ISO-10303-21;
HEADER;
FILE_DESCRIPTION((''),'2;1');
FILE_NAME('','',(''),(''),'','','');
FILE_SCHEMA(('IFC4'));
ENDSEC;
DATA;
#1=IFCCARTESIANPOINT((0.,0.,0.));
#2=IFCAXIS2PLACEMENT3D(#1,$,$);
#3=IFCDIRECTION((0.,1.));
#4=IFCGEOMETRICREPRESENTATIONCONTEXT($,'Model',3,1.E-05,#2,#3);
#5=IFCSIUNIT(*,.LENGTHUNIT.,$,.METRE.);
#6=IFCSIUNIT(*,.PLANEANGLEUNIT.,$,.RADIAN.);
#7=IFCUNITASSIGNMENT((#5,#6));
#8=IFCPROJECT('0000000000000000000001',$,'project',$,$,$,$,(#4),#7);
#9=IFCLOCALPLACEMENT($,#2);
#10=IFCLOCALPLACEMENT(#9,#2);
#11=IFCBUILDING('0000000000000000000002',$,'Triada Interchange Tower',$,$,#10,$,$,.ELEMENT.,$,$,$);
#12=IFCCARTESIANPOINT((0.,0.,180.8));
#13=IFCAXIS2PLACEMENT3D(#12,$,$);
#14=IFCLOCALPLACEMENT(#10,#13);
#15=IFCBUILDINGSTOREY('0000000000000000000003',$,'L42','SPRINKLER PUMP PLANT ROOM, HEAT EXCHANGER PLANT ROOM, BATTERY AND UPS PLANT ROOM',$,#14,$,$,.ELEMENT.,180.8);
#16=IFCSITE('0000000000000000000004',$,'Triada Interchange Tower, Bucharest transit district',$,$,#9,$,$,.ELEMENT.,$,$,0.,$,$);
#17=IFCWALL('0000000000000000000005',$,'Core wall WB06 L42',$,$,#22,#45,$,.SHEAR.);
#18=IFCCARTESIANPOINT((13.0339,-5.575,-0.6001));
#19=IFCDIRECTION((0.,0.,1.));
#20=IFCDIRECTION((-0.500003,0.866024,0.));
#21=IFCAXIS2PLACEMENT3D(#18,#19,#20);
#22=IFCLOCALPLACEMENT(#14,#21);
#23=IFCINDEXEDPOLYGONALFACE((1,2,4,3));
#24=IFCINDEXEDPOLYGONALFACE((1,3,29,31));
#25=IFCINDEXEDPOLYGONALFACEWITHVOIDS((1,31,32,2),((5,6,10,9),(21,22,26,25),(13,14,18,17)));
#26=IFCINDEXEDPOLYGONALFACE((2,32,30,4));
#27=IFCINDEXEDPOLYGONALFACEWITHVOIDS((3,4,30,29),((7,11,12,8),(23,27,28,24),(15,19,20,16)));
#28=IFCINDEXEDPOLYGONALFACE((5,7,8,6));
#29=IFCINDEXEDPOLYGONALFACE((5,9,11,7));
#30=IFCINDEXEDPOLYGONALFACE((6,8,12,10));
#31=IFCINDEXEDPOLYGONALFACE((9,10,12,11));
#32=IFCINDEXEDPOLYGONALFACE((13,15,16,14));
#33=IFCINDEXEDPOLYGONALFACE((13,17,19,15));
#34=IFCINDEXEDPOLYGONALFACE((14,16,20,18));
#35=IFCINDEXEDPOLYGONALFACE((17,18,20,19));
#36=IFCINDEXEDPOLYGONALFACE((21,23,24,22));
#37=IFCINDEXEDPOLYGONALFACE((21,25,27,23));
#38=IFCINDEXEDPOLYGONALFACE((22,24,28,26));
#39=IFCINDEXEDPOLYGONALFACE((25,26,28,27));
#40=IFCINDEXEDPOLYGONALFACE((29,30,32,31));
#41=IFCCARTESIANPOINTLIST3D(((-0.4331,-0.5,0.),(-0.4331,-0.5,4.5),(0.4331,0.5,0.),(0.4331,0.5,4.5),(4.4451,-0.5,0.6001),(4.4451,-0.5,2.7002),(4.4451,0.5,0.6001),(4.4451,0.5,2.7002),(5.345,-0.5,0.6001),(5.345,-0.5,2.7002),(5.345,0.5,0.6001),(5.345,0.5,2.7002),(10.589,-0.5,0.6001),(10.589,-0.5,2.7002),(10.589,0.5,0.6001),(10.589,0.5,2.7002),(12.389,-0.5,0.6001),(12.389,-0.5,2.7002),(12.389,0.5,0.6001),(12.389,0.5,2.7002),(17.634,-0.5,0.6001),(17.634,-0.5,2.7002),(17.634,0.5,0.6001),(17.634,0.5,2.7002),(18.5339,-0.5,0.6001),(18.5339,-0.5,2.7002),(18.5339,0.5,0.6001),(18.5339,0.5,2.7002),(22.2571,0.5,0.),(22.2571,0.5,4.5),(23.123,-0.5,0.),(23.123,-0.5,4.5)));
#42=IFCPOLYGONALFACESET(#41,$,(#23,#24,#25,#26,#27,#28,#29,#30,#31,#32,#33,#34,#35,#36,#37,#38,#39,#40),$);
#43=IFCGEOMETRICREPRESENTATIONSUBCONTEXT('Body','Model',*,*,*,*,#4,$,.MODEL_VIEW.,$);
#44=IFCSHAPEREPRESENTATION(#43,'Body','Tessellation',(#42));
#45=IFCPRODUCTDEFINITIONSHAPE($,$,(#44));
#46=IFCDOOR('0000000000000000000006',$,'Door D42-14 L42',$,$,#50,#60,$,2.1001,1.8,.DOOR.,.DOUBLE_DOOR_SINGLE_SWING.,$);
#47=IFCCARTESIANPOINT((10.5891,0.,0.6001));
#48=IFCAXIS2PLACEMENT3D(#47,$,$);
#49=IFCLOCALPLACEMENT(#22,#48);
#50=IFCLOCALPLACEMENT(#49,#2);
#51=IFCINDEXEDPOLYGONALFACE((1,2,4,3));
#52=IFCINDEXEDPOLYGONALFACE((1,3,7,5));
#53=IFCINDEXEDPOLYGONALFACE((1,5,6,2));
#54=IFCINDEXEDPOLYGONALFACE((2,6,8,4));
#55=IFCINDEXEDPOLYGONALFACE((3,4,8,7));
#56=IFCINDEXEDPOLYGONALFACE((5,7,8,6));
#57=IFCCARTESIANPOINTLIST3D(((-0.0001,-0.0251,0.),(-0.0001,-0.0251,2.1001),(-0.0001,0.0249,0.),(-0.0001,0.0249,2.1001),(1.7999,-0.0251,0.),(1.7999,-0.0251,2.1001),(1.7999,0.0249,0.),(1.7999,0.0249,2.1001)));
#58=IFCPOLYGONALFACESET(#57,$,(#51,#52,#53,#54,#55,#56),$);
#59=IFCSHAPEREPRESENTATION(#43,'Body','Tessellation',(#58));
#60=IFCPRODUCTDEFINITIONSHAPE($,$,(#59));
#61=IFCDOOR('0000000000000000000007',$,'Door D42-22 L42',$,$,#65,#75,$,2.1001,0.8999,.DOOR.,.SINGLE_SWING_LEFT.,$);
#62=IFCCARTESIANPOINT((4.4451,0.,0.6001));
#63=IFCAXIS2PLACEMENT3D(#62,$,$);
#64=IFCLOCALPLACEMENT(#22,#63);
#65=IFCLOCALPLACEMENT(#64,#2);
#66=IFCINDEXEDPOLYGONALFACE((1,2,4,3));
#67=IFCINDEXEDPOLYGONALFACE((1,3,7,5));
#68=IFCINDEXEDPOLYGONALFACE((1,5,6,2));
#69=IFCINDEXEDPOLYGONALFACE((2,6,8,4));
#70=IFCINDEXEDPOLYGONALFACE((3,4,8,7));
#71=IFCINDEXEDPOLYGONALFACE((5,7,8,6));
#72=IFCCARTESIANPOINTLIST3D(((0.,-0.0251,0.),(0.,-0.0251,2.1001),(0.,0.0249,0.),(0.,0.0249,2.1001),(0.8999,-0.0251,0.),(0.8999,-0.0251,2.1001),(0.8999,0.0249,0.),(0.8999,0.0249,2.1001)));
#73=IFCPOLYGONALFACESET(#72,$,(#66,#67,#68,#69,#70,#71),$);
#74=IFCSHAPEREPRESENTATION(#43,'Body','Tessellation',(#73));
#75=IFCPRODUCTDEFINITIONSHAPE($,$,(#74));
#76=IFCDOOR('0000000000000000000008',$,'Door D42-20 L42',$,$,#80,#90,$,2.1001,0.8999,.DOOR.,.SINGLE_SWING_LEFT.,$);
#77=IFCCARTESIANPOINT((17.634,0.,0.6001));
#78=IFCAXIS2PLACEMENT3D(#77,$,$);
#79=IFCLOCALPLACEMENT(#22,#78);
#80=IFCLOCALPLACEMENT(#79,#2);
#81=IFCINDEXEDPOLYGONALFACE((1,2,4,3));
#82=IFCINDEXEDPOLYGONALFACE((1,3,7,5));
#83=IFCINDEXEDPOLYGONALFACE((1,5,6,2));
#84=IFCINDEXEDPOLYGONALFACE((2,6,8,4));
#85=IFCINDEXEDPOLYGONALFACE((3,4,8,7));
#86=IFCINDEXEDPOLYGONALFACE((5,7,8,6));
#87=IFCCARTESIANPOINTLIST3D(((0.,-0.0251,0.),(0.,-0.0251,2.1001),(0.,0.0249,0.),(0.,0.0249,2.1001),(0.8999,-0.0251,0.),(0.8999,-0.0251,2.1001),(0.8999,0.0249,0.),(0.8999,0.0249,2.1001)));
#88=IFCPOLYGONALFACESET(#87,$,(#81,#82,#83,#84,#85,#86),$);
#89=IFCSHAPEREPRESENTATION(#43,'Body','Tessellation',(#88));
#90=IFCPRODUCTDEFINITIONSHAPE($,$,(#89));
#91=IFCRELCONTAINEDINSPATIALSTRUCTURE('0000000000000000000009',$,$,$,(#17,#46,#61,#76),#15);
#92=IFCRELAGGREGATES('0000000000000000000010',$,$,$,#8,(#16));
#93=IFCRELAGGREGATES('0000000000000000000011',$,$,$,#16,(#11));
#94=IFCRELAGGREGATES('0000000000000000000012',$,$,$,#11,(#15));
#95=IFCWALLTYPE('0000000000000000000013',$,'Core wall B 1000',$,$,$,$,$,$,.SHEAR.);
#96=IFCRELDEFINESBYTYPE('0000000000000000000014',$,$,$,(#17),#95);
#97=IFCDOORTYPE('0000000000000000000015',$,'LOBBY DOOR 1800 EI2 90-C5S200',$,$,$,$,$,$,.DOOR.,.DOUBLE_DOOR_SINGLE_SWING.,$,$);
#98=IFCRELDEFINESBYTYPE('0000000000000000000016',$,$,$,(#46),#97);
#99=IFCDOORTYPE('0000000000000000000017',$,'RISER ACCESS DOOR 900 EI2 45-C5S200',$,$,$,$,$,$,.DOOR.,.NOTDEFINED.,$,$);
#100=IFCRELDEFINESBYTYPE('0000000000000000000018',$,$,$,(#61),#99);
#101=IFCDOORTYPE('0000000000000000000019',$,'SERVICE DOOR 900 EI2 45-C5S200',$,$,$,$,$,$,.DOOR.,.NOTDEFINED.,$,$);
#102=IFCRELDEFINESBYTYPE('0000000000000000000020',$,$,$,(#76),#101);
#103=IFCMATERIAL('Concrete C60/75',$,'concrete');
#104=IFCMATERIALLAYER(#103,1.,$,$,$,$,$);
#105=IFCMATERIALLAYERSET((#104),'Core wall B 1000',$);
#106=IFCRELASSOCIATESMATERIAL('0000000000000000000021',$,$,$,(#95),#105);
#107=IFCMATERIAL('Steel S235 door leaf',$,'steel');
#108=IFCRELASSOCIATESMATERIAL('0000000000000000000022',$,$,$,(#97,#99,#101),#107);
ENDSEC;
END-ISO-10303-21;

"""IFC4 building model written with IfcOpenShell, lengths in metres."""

from ifc_helpers import new_model, si_unit, direction, frame, frame_2d, origin, place, context, subcontext, project, spatial, polyline, rectangle, outline, extrude, material, layer, layer_set, type_object, element, fill, save


model = new_model("IFC4")

# Units and contexts
model_context = context("Model", 3, precision=1e-05, world=origin(), true_north=direction((0.0, 1.0)))
body_context = subcontext(model_context, "Body", "Model", "MODEL_VIEW")
ifc_project = project(units=[si_unit("LENGTHUNIT", "METRE"), si_unit("PLANEANGLEUNIT", "RADIAN")], contexts=[model_context])

# Site, building, storey
site_placement = place(None, origin())
site = spatial("IfcSite", under=ifc_project, at=site_placement, Name="Triada Interchange Tower, Bucharest transit district", CompositionType="ELEMENT", RefElevation=0.0)
building_placement = place(site_placement, origin())
building = spatial("IfcBuilding", under=site, at=building_placement, Name="Triada Interchange Tower", CompositionType="ELEMENT")
storey_placement = place(building_placement, frame((0.0, 0.0, 180.8)))
storey = spatial("IfcBuildingStorey", under=building, at=storey_placement, Name="L42", Description="SPRINKLER PUMP PLANT ROOM, HEAT EXCHANGER PLANT ROOM, BATTERY AND UPS PLANT ROOM", CompositionType="ELEMENT", Elevation=180.8)

# Wall, openings, doors
ifc_material_1 = material(Name="Concrete C60/75", Category="concrete")
ifc_layer_1 = layer(ifc_material_1, 1.0)
ifc_layer_set_1 = layer_set([ifc_layer_1], Name="Core wall B 1000")
wall_type_1 = type_object("IfcWallType", Name="Core wall B 1000", PredefinedType="SHEAR", material=ifc_layer_set_1)
wall_1_placement = place(storey_placement, frame((13.0339, -5.575, -0.6001), z_axis=(0.0, 0.0, 1.0), x_axis=(-0.500003, 0.866024, 0.0)))
wall_1 = element("IfcWall", 1, at=wall_1_placement, inside=storey, type_object=wall_type_1, Name="Core wall WB06 L42", PredefinedType="SHEAR", context=body_context, shape_type="SweptSolid", body=[
    extrude(outline(polyline([(-0.4331, -0.5), (1.5298, -0.5), (3.4929, -0.5), (5.4561, -0.5), (7.4189, -0.5), (9.3818, -0.5), (11.345, -0.5), (13.3081, -0.5), (15.271, -0.5), (17.2339, -0.5), (19.197, -0.5), (21.1602, -0.5), (23.123, -0.5), (22.2571, 0.5), (20.2732, 0.5), (18.2891, 0.5), (16.3052, 0.5), (14.321, 0.5), (12.3372, 0.5), (10.353, 0.5), (8.3691, 0.5), (6.385, 0.5), (4.4011, 0.5), (2.417, 0.5), (0.4331, 0.5), (-0.4331, -0.5)])), origin(), (0.0, 0.0, 1.0), 4.5),
])
opening_1_placement = place(wall_1_placement, frame((10.5891, 0.0, 0.6001)))
opening_1 = element("IfcOpeningElement", 2, at=opening_1_placement, cuts=wall_1, PredefinedType="OPENING", context=body_context, shape_type="SweptSolid", body=[
    extrude(rectangle(XDim=1.8, YDim=2.1001, at=frame_2d((0.8999, 1.05))), frame((0.0, 0.51, 0.0), z_axis=(0.0, -1.0, 0.0), x_axis=(1.0, 0.0, 0.0)), (0.0, 0.0, 1.0), 1.02),
])
opening_2_placement = place(wall_1_placement, frame((17.634, 0.0, 0.6001)))
opening_2 = element("IfcOpeningElement", 3, at=opening_2_placement, cuts=wall_1, PredefinedType="OPENING", context=body_context, shape_type="SweptSolid", body=[
    extrude(rectangle(XDim=0.8999, YDim=2.1001, at=frame_2d((0.45, 1.05))), frame((0.0, 0.51, 0.0), z_axis=(0.0, -1.0, 0.0), x_axis=(1.0, 0.0, 0.0)), (0.0, 0.0, 1.0), 1.02),
])
opening_3_placement = place(wall_1_placement, frame((4.4451, 0.0, 0.6001)))
opening_3 = element("IfcOpeningElement", 4, at=opening_3_placement, cuts=wall_1, PredefinedType="OPENING", context=body_context, shape_type="SweptSolid", body=[
    extrude(rectangle(XDim=0.8999, YDim=2.1001, at=frame_2d((0.45, 1.05))), frame((0.0, 0.51, 0.0), z_axis=(0.0, -1.0, 0.0), x_axis=(1.0, 0.0, 0.0)), (0.0, 0.0, 1.0), 1.02),
])
ifc_material_2 = material(Name="Steel S235 door leaf", Category="steel")
door_type_1 = type_object("IfcDoorType", Name="LOBBY DOOR 1800 EI2 90-C5S200", OperationType="DOUBLE_DOOR_SINGLE_SWING", PredefinedType="DOOR", material=ifc_material_2)
door_1_placement = place(opening_1_placement, origin())
door_1 = element("IfcDoor", 5, at=door_1_placement, inside=storey, type_object=door_type_1, Name="Door D42-14 L42", OperationType="DOUBLE_DOOR_SINGLE_SWING", OverallHeight=2.1001, OverallWidth=1.8, PredefinedType="DOOR", context=body_context, shape_type="SweptSolid", body=[
    extrude(rectangle(XDim=1.8, YDim=2.1001, at=frame_2d((0.8999, 1.05))), frame((0.0, 0.0249, 0.0), z_axis=(0.0, -1.0, 0.0), x_axis=(1.0, 0.0, 0.0)), (0.0, 0.0, 1.0), 0.05),
])
fill(opening_1, door_1)
door_type_2 = type_object("IfcDoorType", Name="RISER ACCESS DOOR 900 EI2 45-C5S200", OperationType="NOTDEFINED", PredefinedType="DOOR", material=ifc_material_2)
door_2_placement = place(opening_3_placement, origin())
door_2 = element("IfcDoor", 6, at=door_2_placement, inside=storey, type_object=door_type_2, Name="Door D42-22 L42", OperationType="SINGLE_SWING_LEFT", OverallHeight=2.1001, OverallWidth=0.8999, PredefinedType="DOOR", context=body_context, shape_type="SweptSolid", body=[
    extrude(rectangle(XDim=0.8999, YDim=2.1001, at=frame_2d((0.45, 1.05))), frame((0.0, 0.0249, 0.0), z_axis=(0.0, -1.0, 0.0), x_axis=(1.0, 0.0, 0.0)), (0.0, 0.0, 1.0), 0.05),
])
fill(opening_3, door_2)
door_type_3 = type_object("IfcDoorType", Name="SERVICE DOOR 900 EI2 45-C5S200", OperationType="NOTDEFINED", PredefinedType="DOOR", material=ifc_material_2)
door_3_placement = place(opening_2_placement, origin())
door_3 = element("IfcDoor", 7, at=door_3_placement, inside=storey, type_object=door_type_3, Name="Door D42-20 L42", OperationType="SINGLE_SWING_LEFT", OverallHeight=2.1001, OverallWidth=0.8999, PredefinedType="DOOR", context=body_context, shape_type="SweptSolid", body=[
    extrude(rectangle(XDim=0.8999, YDim=2.1001, at=frame_2d((0.45, 1.05))), frame((0.0, 0.0249, 0.0), z_axis=(0.0, -1.0, 0.0), x_axis=(1.0, 0.0, 0.0)), (0.0, 0.0, 1.0), 0.05),
])
fill(opening_2, door_3)

save(model, "model.ifc")
